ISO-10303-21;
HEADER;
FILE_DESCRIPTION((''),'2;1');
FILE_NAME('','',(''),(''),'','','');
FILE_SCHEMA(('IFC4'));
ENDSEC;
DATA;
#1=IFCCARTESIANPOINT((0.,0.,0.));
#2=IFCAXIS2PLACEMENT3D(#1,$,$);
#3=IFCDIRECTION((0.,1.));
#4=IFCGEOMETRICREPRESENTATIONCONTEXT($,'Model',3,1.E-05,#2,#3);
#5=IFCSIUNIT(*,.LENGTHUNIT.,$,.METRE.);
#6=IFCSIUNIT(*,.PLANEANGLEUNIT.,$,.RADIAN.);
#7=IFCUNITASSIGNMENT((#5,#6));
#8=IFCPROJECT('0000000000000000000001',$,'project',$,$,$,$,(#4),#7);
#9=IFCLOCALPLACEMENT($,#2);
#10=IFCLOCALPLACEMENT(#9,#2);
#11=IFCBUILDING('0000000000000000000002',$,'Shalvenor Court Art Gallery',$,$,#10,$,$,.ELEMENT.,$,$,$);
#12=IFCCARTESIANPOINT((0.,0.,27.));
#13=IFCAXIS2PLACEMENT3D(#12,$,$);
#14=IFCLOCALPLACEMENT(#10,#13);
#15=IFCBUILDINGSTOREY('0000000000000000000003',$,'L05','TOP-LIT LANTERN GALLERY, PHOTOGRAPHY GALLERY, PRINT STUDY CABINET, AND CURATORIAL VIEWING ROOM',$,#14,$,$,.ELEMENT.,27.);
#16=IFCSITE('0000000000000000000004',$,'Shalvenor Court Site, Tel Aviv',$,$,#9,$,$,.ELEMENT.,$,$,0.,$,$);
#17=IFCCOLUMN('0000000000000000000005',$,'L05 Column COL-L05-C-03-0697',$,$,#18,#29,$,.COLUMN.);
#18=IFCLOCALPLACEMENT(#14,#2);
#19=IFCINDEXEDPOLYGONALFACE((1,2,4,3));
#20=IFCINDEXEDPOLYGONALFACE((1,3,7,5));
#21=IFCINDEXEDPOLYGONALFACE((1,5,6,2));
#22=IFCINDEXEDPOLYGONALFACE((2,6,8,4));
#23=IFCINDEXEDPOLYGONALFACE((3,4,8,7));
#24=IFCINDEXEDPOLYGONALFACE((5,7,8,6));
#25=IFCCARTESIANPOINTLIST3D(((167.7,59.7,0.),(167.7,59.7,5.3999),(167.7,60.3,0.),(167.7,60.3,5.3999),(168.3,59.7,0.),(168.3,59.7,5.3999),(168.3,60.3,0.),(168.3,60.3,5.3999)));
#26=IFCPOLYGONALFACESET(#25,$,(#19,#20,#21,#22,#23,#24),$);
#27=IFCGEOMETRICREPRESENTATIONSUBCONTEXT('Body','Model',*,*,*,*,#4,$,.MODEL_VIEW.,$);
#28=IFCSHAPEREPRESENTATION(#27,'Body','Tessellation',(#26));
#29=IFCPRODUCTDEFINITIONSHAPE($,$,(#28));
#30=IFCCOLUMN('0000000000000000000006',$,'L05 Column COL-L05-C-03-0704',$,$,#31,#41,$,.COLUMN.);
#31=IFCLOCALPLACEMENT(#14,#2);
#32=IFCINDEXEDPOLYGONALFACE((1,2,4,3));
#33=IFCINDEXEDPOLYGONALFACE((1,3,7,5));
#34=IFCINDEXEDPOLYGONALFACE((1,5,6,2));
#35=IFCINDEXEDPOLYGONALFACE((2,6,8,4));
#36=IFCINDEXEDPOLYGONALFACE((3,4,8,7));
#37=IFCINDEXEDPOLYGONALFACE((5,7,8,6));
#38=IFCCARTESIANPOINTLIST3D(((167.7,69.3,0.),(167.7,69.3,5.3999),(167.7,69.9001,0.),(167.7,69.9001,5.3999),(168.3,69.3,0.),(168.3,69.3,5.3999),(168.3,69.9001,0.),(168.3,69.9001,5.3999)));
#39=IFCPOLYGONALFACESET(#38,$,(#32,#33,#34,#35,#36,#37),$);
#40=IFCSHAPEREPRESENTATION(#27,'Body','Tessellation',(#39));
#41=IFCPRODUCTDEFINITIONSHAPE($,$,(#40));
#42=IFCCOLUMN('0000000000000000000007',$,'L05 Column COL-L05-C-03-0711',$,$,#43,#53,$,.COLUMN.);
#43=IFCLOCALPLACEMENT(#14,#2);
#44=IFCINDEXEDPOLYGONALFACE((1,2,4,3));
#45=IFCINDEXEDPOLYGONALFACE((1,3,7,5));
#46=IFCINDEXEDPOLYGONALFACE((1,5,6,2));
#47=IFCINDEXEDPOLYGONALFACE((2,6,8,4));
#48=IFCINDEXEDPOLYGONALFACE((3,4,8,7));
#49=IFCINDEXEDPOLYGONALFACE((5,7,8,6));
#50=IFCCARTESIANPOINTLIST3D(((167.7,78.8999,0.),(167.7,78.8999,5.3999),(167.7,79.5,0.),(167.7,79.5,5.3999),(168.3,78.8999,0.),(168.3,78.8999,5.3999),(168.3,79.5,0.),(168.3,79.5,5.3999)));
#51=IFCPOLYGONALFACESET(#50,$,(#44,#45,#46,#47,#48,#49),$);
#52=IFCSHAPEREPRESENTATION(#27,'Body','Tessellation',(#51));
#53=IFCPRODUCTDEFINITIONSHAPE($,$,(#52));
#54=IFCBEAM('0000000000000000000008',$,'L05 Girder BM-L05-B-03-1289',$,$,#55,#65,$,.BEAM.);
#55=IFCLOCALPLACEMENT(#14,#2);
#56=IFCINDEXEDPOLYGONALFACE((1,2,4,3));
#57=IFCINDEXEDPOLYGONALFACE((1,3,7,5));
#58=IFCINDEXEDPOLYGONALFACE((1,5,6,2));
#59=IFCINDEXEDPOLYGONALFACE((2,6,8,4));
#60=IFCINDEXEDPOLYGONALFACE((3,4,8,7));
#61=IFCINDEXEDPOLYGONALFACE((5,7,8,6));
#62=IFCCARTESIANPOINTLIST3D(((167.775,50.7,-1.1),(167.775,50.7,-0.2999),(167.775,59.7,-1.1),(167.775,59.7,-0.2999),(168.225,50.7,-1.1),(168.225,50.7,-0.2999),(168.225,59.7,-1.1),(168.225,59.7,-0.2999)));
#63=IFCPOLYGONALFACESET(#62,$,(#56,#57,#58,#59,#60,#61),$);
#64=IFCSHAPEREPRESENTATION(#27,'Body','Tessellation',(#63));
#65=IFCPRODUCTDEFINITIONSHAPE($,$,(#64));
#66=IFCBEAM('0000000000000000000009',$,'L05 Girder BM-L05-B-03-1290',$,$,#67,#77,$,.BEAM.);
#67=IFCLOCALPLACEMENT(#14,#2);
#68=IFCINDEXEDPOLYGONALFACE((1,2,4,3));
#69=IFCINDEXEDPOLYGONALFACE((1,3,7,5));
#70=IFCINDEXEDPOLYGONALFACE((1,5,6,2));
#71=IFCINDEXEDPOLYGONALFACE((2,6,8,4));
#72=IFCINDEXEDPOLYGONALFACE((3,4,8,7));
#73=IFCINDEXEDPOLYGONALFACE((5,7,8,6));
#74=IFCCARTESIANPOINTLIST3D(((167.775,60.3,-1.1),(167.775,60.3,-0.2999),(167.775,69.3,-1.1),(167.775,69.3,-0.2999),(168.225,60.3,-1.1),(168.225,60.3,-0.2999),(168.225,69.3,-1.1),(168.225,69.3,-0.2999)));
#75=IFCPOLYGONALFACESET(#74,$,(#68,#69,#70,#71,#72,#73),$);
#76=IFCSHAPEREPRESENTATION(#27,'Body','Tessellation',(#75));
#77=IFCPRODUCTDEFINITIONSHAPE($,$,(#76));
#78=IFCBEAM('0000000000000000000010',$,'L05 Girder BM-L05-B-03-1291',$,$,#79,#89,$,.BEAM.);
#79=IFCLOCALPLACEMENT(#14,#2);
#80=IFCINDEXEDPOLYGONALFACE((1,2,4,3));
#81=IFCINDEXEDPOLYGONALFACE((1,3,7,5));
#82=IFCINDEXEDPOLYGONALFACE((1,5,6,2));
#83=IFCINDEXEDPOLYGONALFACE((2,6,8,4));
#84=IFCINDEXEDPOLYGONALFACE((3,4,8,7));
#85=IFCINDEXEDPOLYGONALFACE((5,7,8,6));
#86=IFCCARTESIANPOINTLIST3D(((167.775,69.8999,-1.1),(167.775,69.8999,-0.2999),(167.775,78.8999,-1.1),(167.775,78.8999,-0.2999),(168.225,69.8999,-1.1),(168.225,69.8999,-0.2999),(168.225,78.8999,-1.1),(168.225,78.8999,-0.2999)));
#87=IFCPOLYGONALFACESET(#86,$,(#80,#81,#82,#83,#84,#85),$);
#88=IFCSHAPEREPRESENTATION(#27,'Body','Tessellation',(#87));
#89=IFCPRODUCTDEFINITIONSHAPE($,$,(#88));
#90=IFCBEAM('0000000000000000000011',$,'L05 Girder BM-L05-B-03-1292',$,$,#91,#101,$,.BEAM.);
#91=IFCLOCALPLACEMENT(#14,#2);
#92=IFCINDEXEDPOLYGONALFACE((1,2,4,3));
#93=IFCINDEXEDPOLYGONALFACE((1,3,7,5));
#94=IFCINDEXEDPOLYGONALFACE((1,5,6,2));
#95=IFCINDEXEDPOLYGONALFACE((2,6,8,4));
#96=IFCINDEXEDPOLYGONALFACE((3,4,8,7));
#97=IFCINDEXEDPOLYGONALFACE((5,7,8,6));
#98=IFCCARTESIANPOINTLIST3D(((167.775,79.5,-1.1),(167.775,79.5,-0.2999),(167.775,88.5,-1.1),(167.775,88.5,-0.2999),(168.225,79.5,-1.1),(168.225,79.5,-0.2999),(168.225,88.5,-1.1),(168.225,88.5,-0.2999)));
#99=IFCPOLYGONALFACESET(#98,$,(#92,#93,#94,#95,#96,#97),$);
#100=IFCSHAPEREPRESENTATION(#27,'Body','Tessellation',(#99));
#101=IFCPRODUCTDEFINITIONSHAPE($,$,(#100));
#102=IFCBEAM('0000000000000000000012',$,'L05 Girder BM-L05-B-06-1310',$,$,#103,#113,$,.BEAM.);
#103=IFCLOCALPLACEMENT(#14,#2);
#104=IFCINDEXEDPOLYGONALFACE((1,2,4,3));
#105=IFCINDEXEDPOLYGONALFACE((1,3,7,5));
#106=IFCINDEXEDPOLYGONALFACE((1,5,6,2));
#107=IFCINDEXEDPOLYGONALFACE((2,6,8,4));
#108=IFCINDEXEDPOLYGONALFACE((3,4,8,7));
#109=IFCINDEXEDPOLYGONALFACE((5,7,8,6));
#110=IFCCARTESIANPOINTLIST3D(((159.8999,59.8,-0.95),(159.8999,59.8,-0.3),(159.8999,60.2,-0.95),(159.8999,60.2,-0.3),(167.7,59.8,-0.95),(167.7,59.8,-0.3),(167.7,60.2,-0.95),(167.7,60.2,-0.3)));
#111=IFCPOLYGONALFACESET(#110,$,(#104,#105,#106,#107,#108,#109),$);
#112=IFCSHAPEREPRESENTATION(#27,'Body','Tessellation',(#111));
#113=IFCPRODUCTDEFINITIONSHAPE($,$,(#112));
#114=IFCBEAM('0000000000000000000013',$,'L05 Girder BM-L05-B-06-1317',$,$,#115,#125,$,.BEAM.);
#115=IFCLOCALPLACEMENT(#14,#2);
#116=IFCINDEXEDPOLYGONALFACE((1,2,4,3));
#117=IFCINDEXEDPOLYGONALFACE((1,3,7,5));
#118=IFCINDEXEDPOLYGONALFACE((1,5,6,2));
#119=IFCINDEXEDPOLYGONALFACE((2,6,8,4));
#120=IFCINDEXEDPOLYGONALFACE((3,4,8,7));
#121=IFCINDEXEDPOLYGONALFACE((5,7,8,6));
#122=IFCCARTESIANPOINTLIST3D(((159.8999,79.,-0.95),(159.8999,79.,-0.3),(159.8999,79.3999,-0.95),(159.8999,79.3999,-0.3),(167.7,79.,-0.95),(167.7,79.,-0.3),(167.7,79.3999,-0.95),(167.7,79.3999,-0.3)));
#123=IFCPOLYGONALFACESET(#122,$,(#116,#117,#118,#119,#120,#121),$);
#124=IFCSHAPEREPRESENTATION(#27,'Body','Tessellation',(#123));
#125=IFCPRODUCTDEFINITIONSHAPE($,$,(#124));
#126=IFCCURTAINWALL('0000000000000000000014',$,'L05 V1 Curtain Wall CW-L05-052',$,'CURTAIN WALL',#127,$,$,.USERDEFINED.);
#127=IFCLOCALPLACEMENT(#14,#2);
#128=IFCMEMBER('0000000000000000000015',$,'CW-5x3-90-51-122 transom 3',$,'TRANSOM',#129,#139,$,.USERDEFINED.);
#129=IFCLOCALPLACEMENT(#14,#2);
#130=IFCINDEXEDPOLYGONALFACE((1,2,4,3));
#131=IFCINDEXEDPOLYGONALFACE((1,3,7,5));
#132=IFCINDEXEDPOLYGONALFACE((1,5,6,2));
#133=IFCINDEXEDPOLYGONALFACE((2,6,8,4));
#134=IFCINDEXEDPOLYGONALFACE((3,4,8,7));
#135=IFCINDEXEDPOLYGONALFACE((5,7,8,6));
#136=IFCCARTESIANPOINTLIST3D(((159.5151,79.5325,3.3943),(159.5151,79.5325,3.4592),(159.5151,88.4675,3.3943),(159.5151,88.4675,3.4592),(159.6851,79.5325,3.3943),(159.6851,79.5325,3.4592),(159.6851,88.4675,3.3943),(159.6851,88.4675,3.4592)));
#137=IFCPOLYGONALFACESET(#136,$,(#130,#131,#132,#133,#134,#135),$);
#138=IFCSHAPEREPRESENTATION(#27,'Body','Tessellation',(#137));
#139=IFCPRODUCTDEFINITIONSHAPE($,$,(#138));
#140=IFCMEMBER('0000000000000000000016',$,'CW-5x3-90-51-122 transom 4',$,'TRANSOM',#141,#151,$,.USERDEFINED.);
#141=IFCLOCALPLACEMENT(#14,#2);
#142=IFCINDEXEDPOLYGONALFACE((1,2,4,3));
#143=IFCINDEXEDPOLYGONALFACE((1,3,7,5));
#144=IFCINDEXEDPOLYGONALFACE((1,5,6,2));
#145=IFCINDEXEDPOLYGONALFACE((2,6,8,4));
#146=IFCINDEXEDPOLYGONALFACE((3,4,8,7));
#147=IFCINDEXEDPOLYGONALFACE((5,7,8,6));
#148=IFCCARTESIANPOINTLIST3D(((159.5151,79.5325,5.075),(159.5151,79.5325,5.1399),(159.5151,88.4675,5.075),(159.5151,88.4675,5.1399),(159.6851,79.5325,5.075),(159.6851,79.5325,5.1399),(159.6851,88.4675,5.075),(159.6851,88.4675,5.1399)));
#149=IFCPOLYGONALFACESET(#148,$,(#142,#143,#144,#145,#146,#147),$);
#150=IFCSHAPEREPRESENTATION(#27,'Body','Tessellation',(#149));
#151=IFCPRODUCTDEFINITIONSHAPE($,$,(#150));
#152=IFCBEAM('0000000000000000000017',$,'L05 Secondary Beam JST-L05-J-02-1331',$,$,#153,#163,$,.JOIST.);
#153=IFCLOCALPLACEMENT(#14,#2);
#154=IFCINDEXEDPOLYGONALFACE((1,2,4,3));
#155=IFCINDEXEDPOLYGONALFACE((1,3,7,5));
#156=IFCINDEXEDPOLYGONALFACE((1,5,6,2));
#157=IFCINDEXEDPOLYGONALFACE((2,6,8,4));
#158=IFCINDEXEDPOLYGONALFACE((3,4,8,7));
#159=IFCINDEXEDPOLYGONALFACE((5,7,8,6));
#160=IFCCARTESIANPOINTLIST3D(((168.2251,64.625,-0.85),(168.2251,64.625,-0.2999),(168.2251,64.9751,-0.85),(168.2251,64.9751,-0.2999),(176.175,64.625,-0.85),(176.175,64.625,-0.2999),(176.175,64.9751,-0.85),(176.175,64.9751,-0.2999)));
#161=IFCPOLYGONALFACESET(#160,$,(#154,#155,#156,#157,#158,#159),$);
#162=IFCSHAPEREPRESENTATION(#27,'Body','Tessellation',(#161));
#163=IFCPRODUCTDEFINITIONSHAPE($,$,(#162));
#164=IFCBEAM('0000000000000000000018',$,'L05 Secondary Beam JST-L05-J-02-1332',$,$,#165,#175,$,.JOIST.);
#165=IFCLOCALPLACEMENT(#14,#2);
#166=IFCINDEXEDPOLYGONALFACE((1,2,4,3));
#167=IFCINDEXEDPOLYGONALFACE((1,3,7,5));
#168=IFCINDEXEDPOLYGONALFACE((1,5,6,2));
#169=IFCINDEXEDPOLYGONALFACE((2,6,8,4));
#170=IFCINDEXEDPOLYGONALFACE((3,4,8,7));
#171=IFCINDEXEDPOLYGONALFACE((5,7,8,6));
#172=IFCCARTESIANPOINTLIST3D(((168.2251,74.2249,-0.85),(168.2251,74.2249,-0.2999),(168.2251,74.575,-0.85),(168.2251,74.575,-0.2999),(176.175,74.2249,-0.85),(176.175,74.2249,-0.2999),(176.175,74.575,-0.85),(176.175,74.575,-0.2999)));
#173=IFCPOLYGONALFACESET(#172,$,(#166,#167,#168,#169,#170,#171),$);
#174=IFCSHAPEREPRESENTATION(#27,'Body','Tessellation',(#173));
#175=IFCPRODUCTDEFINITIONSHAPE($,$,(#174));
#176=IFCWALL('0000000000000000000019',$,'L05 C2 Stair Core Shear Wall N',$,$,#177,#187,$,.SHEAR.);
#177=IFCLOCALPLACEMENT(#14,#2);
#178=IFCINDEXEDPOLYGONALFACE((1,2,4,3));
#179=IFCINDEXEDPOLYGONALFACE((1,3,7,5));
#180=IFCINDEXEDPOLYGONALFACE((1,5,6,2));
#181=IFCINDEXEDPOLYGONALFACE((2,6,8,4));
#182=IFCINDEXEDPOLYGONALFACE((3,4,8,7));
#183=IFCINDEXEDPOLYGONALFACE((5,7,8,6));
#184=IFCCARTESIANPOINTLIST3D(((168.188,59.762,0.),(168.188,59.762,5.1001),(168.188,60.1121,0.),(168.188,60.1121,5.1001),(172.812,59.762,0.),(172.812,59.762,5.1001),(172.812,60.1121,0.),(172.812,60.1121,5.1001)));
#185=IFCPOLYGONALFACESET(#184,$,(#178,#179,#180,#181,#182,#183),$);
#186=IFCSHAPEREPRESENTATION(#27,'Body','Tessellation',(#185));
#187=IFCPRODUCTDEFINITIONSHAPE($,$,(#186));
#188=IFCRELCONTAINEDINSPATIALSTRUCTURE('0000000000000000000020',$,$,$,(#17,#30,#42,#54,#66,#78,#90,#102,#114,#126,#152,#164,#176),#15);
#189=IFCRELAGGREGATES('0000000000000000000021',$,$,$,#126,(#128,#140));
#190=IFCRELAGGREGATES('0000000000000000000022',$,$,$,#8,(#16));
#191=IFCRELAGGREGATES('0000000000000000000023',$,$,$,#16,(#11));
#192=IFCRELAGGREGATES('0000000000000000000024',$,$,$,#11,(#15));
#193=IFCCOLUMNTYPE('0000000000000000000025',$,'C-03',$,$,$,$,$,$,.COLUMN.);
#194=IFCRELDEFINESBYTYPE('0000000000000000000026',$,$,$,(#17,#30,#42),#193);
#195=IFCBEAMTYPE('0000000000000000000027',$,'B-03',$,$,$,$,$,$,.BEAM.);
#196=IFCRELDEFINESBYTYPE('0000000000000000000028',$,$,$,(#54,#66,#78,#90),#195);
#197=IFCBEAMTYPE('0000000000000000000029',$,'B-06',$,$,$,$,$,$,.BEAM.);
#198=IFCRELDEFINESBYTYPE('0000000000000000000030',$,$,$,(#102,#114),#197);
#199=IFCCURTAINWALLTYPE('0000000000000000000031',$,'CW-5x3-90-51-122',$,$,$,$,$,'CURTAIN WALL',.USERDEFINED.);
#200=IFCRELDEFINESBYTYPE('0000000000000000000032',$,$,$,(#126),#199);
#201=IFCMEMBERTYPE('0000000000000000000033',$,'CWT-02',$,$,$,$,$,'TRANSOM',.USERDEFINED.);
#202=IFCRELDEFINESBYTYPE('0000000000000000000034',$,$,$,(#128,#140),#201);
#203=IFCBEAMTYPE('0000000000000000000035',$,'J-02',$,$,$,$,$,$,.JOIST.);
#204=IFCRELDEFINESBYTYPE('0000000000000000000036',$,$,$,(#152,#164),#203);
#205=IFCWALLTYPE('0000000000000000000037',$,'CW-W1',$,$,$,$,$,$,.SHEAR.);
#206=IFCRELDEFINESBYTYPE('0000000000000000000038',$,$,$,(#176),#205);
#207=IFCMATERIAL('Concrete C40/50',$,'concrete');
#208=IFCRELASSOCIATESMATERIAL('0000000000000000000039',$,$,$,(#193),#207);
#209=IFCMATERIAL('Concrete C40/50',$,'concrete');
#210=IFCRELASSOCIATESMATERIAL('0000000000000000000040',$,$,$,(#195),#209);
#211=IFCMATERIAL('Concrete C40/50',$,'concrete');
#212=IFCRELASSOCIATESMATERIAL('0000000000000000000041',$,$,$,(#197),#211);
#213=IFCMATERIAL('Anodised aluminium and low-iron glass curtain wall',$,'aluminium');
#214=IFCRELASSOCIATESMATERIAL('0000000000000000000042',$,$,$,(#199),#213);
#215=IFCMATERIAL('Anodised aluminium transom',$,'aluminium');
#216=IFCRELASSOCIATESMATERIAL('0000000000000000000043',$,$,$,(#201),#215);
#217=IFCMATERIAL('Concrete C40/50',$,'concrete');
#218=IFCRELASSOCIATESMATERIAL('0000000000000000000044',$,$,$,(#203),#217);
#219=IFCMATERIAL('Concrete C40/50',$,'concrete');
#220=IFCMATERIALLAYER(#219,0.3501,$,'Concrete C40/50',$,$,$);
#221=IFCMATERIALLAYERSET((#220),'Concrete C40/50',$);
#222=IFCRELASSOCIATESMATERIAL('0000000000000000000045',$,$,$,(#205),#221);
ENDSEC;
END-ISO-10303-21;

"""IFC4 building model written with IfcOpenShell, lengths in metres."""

from ifc_helpers import new_model, si_unit, direction, frame, frame_2d, origin, origin_2d, place, context, subcontext, project, spatial, rectangle, extrude, material, layer, layer_set, material_profile, profile_set, type_object, element, aggregate, save


model = new_model("IFC4")

# Units and contexts
model_context = context("Model", 3, precision=1e-05, world=origin(), true_north=direction((0.0, 1.0)))
body_context = subcontext(model_context, "Body", "Model", "MODEL_VIEW")
ifc_project = project(units=[si_unit("LENGTHUNIT", "METRE"), si_unit("PLANEANGLEUNIT", "RADIAN")], contexts=[model_context])

# Site, building, storey
site_placement = place(None, origin())
site = spatial("IfcSite", under=ifc_project, at=site_placement, Name="Shalvenor Court Site, Tel Aviv", CompositionType="ELEMENT", RefElevation=0.0)
building_placement = place(site_placement, origin())
building = spatial("IfcBuilding", under=site, at=building_placement, Name="Shalvenor Court Art Gallery", CompositionType="ELEMENT")
storey_placement = place(building_placement, frame((0.0, 0.0, 27.0)))
storey = spatial("IfcBuildingStorey", under=building, at=storey_placement, Name="L05", Description="TOP-LIT LANTERN GALLERY, PHOTOGRAPHY GALLERY, PRINT STUDY CABINET, AND CURATORIAL VIEWING ROOM", CompositionType="ELEMENT", Elevation=27.0)

# Columns
ifc_material_1 = material(Name="Concrete C40/50", Category="concrete")
ifc_material_profile_1 = material_profile(ifc_material_1, rectangle(XDim=0.6001, YDim=0.6001, at=origin_2d()), Name="RC 600x600")
ifc_profile_set_1 = profile_set([ifc_material_profile_1], Name="Concrete C40/50")
column_type = type_object("IfcColumnType", Name="C-03", PredefinedType="COLUMN", material=ifc_profile_set_1)
for number, where, z_axis, x_axis, name in (
    (1, (168.0, 60.0, 0.0), (0.0, 0.0, 1.0), (1.0, 0.0, 0.0), "L05 Column COL-L05-C-03-0697"),
    (2, (168.0, 69.6001, 0.0), (0.0, 0.0, 1.0), (1.0, 0.0, 0.0), "L05 Column COL-L05-C-03-0704"),
    (3, (168.0, 79.2, 0.0), (0.0, 0.0, 1.0), (1.0, 0.0, 0.0), "L05 Column COL-L05-C-03-0711"),
):
    element("IfcColumn", number, at=place(storey_placement, frame(where, z_axis=z_axis, x_axis=x_axis)), inside=storey, type_object=column_type, Name=name, PredefinedType="COLUMN", context=body_context, shape_type="SweptSolid", body=[
        extrude(rectangle(XDim=0.6001, YDim=0.6001, at=origin_2d()), origin(), (0.0, 0.0, 1.0), 5.3999),
    ])

# Beams
ifc_material_2 = material(Name="Concrete C40/50", Category="concrete")
ifc_material_profile_2 = material_profile(ifc_material_2, rectangle(XDim=0.45, YDim=0.8, at=origin_2d()), Name="RC 450x800")
ifc_profile_set_2 = profile_set([ifc_material_profile_2], Name="Concrete C40/50")
beam_type_1 = type_object("IfcBeamType", Name="B-03", PredefinedType="BEAM", material=ifc_profile_set_2)
for number, where, z_axis, x_axis, name in (
    (4, (168.0, 50.7, -0.7), (0.0, 1.0, 0.0), (-1.0, 0.0, 0.0), "L05 Girder BM-L05-B-03-1289"),
    (5, (168.0, 60.3, -0.7), (0.0, 1.0, 0.0), (-1.0, 0.0, 0.0), "L05 Girder BM-L05-B-03-1290"),
    (6, (168.0, 69.8999, -0.7), (0.0, 1.0, 0.0), (-1.0, 0.0, 0.0), "L05 Girder BM-L05-B-03-1291"),
    (7, (168.0, 79.5, -0.7), (0.0, 1.0, 0.0), (-1.0, 0.0, 0.0), "L05 Girder BM-L05-B-03-1292"),
):
    element("IfcBeam", number, at=place(storey_placement, frame(where, z_axis=z_axis, x_axis=x_axis)), inside=storey, type_object=beam_type_1, Name=name, PredefinedType="BEAM", context=body_context, shape_type="SweptSolid", body=[
        extrude(rectangle(XDim=0.45, YDim=0.8, at=origin_2d()), origin(), (0.0, 0.0, 1.0), 9.0),
    ])
ifc_material_3 = material(Name="Concrete C40/50", Category="concrete")
ifc_material_profile_3 = material_profile(ifc_material_3, rectangle(XDim=0.3999, YDim=0.6499, at=origin_2d()), Name="RC 400x650")
ifc_profile_set_3 = profile_set([ifc_material_profile_3], Name="Concrete C40/50")
beam_type_2 = type_object("IfcBeamType", Name="B-06", PredefinedType="BEAM", material=ifc_profile_set_3)
for number, where, z_axis, x_axis, name in (
    (8, (159.8999, 60.0, -0.625), (1.0, 0.0, 0.0), (0.0, 1.0, 0.0), "L05 Girder BM-L05-B-06-1310"),
    (9, (159.8999, 79.2, -0.625), (1.0, 0.0, 0.0), (0.0, 1.0, 0.0), "L05 Girder BM-L05-B-06-1317"),
):
    element("IfcBeam", number, at=place(storey_placement, frame(where, z_axis=z_axis, x_axis=x_axis)), inside=storey, type_object=beam_type_2, Name=name, PredefinedType="BEAM", context=body_context, shape_type="SweptSolid", body=[
        extrude(rectangle(XDim=0.3999, YDim=0.6499, at=origin_2d()), origin(), (0.0, 0.0, 1.0), 7.8),
    ])

# Curtain wall, members
ifc_material_4 = material(Name="Anodised aluminium and low-iron glass curtain wall", Category="aluminium")
curtain_wall_type = type_object("IfcCurtainWallType", Name="CW-5x3-90-51-122", ElementType="CURTAIN WALL", PredefinedType="USERDEFINED", material=ifc_material_4)
curtain_wall_placement = place(storey_placement, origin())
curtain_wall = element("IfcCurtainWall", 10, at=curtain_wall_placement, inside=storey, type_object=curtain_wall_type, Name="L05 V1 Curtain Wall CW-L05-052", ObjectType="CURTAIN WALL", PredefinedType="USERDEFINED")
ifc_material_5 = material(Name="Anodised aluminium transom", Category="aluminium")
ifc_material_profile_4 = material_profile(ifc_material_5, rectangle(XDim=0.1699, YDim=0.0649, at=origin_2d()), Name="CWT-02")
ifc_profile_set_4 = profile_set([ifc_material_profile_4], Name="Anodised aluminium transom")
member_type = type_object("IfcMemberType", Name="CWT-02", ElementType="TRANSOM", PredefinedType="USERDEFINED", material=ifc_profile_set_4)
member_1_placement = place(storey_placement, frame((159.6001, 79.5325, 3.4268), z_axis=(0.0, 1.0, 0.0), x_axis=(-1.0, 0.0, 0.0)))
member_1 = element("IfcMember", 11, at=member_1_placement, type_object=member_type, Name="CW-5x3-90-51-122 transom 3", ObjectType="TRANSOM", PredefinedType="USERDEFINED", context=body_context, shape_type="SweptSolid", body=[
    extrude(rectangle(XDim=0.1699, YDim=0.0649, at=origin_2d()), origin(), (0.0, 0.0, 1.0), 8.9351),
])
member_2_placement = place(storey_placement, frame((159.6001, 79.5325, 5.1074), z_axis=(0.0, 1.0, 0.0), x_axis=(-1.0, 0.0, 0.0)))
member_2 = element("IfcMember", 12, at=member_2_placement, type_object=member_type, Name="CW-5x3-90-51-122 transom 4", ObjectType="TRANSOM", PredefinedType="USERDEFINED", context=body_context, shape_type="SweptSolid", body=[
    extrude(rectangle(XDim=0.1699, YDim=0.0649, at=origin_2d()), origin(), (0.0, 0.0, 1.0), 8.9351),
])
aggregate(curtain_wall, [member_1, member_2])

# Beams
ifc_material_6 = material(Name="Concrete C40/50", Category="concrete")
ifc_material_profile_5 = material_profile(ifc_material_6, rectangle(XDim=0.3501, YDim=0.55, at=origin_2d()), Name="RC 350x550")
ifc_profile_set_5 = profile_set([ifc_material_profile_5], Name="Concrete C40/50")
beam_type_3 = type_object("IfcBeamType", Name="J-02", PredefinedType="JOIST", material=ifc_profile_set_5)
for number, where, z_axis, x_axis, name in (
    (13, (168.2251, 64.8, -0.575), (1.0, 0.0, 0.0), (0.0, 1.0, 0.0), "L05 Secondary Beam JST-L05-J-02-1331"),
    (14, (168.2251, 74.3999, -0.575), (1.0, 0.0, 0.0), (0.0, 1.0, 0.0), "L05 Secondary Beam JST-L05-J-02-1332"),
):
    element("IfcBeam", number, at=place(storey_placement, frame(where, z_axis=z_axis, x_axis=x_axis)), inside=storey, type_object=beam_type_3, Name=name, PredefinedType="JOIST", context=body_context, shape_type="SweptSolid", body=[
        extrude(rectangle(XDim=0.3501, YDim=0.55, at=origin_2d()), origin(), (0.0, 0.0, 1.0), 7.95),
    ])

# Wall
ifc_material_7 = material(Name="Concrete C40/50", Category="concrete")
ifc_layer_1 = layer(ifc_material_7, 0.3501, Name="Concrete C40/50")
ifc_layer_set_1 = layer_set([ifc_layer_1], Name="Concrete C40/50")
wall_type_1 = type_object("IfcWallType", Name="CW-W1", PredefinedType="SHEAR", material=ifc_layer_set_1)
wall_1_placement = place(storey_placement, frame((168.188, 59.937, 0.0), z_axis=(0.0, 0.0, 1.0), x_axis=(1.0, 0.0, 0.0)))
element("IfcWall", 15, at=wall_1_placement, inside=storey, type_object=wall_type_1, Name="L05 C2 Stair Core Shear Wall N", PredefinedType="SHEAR", context=body_context, shape_type="SweptSolid", body=[
    extrude(rectangle(XDim=4.624, YDim=0.3501, at=frame_2d((2.312, 0.0))), origin(), (0.0, 0.0, 1.0), 5.1001),
])

save(model, "model.ifc")
